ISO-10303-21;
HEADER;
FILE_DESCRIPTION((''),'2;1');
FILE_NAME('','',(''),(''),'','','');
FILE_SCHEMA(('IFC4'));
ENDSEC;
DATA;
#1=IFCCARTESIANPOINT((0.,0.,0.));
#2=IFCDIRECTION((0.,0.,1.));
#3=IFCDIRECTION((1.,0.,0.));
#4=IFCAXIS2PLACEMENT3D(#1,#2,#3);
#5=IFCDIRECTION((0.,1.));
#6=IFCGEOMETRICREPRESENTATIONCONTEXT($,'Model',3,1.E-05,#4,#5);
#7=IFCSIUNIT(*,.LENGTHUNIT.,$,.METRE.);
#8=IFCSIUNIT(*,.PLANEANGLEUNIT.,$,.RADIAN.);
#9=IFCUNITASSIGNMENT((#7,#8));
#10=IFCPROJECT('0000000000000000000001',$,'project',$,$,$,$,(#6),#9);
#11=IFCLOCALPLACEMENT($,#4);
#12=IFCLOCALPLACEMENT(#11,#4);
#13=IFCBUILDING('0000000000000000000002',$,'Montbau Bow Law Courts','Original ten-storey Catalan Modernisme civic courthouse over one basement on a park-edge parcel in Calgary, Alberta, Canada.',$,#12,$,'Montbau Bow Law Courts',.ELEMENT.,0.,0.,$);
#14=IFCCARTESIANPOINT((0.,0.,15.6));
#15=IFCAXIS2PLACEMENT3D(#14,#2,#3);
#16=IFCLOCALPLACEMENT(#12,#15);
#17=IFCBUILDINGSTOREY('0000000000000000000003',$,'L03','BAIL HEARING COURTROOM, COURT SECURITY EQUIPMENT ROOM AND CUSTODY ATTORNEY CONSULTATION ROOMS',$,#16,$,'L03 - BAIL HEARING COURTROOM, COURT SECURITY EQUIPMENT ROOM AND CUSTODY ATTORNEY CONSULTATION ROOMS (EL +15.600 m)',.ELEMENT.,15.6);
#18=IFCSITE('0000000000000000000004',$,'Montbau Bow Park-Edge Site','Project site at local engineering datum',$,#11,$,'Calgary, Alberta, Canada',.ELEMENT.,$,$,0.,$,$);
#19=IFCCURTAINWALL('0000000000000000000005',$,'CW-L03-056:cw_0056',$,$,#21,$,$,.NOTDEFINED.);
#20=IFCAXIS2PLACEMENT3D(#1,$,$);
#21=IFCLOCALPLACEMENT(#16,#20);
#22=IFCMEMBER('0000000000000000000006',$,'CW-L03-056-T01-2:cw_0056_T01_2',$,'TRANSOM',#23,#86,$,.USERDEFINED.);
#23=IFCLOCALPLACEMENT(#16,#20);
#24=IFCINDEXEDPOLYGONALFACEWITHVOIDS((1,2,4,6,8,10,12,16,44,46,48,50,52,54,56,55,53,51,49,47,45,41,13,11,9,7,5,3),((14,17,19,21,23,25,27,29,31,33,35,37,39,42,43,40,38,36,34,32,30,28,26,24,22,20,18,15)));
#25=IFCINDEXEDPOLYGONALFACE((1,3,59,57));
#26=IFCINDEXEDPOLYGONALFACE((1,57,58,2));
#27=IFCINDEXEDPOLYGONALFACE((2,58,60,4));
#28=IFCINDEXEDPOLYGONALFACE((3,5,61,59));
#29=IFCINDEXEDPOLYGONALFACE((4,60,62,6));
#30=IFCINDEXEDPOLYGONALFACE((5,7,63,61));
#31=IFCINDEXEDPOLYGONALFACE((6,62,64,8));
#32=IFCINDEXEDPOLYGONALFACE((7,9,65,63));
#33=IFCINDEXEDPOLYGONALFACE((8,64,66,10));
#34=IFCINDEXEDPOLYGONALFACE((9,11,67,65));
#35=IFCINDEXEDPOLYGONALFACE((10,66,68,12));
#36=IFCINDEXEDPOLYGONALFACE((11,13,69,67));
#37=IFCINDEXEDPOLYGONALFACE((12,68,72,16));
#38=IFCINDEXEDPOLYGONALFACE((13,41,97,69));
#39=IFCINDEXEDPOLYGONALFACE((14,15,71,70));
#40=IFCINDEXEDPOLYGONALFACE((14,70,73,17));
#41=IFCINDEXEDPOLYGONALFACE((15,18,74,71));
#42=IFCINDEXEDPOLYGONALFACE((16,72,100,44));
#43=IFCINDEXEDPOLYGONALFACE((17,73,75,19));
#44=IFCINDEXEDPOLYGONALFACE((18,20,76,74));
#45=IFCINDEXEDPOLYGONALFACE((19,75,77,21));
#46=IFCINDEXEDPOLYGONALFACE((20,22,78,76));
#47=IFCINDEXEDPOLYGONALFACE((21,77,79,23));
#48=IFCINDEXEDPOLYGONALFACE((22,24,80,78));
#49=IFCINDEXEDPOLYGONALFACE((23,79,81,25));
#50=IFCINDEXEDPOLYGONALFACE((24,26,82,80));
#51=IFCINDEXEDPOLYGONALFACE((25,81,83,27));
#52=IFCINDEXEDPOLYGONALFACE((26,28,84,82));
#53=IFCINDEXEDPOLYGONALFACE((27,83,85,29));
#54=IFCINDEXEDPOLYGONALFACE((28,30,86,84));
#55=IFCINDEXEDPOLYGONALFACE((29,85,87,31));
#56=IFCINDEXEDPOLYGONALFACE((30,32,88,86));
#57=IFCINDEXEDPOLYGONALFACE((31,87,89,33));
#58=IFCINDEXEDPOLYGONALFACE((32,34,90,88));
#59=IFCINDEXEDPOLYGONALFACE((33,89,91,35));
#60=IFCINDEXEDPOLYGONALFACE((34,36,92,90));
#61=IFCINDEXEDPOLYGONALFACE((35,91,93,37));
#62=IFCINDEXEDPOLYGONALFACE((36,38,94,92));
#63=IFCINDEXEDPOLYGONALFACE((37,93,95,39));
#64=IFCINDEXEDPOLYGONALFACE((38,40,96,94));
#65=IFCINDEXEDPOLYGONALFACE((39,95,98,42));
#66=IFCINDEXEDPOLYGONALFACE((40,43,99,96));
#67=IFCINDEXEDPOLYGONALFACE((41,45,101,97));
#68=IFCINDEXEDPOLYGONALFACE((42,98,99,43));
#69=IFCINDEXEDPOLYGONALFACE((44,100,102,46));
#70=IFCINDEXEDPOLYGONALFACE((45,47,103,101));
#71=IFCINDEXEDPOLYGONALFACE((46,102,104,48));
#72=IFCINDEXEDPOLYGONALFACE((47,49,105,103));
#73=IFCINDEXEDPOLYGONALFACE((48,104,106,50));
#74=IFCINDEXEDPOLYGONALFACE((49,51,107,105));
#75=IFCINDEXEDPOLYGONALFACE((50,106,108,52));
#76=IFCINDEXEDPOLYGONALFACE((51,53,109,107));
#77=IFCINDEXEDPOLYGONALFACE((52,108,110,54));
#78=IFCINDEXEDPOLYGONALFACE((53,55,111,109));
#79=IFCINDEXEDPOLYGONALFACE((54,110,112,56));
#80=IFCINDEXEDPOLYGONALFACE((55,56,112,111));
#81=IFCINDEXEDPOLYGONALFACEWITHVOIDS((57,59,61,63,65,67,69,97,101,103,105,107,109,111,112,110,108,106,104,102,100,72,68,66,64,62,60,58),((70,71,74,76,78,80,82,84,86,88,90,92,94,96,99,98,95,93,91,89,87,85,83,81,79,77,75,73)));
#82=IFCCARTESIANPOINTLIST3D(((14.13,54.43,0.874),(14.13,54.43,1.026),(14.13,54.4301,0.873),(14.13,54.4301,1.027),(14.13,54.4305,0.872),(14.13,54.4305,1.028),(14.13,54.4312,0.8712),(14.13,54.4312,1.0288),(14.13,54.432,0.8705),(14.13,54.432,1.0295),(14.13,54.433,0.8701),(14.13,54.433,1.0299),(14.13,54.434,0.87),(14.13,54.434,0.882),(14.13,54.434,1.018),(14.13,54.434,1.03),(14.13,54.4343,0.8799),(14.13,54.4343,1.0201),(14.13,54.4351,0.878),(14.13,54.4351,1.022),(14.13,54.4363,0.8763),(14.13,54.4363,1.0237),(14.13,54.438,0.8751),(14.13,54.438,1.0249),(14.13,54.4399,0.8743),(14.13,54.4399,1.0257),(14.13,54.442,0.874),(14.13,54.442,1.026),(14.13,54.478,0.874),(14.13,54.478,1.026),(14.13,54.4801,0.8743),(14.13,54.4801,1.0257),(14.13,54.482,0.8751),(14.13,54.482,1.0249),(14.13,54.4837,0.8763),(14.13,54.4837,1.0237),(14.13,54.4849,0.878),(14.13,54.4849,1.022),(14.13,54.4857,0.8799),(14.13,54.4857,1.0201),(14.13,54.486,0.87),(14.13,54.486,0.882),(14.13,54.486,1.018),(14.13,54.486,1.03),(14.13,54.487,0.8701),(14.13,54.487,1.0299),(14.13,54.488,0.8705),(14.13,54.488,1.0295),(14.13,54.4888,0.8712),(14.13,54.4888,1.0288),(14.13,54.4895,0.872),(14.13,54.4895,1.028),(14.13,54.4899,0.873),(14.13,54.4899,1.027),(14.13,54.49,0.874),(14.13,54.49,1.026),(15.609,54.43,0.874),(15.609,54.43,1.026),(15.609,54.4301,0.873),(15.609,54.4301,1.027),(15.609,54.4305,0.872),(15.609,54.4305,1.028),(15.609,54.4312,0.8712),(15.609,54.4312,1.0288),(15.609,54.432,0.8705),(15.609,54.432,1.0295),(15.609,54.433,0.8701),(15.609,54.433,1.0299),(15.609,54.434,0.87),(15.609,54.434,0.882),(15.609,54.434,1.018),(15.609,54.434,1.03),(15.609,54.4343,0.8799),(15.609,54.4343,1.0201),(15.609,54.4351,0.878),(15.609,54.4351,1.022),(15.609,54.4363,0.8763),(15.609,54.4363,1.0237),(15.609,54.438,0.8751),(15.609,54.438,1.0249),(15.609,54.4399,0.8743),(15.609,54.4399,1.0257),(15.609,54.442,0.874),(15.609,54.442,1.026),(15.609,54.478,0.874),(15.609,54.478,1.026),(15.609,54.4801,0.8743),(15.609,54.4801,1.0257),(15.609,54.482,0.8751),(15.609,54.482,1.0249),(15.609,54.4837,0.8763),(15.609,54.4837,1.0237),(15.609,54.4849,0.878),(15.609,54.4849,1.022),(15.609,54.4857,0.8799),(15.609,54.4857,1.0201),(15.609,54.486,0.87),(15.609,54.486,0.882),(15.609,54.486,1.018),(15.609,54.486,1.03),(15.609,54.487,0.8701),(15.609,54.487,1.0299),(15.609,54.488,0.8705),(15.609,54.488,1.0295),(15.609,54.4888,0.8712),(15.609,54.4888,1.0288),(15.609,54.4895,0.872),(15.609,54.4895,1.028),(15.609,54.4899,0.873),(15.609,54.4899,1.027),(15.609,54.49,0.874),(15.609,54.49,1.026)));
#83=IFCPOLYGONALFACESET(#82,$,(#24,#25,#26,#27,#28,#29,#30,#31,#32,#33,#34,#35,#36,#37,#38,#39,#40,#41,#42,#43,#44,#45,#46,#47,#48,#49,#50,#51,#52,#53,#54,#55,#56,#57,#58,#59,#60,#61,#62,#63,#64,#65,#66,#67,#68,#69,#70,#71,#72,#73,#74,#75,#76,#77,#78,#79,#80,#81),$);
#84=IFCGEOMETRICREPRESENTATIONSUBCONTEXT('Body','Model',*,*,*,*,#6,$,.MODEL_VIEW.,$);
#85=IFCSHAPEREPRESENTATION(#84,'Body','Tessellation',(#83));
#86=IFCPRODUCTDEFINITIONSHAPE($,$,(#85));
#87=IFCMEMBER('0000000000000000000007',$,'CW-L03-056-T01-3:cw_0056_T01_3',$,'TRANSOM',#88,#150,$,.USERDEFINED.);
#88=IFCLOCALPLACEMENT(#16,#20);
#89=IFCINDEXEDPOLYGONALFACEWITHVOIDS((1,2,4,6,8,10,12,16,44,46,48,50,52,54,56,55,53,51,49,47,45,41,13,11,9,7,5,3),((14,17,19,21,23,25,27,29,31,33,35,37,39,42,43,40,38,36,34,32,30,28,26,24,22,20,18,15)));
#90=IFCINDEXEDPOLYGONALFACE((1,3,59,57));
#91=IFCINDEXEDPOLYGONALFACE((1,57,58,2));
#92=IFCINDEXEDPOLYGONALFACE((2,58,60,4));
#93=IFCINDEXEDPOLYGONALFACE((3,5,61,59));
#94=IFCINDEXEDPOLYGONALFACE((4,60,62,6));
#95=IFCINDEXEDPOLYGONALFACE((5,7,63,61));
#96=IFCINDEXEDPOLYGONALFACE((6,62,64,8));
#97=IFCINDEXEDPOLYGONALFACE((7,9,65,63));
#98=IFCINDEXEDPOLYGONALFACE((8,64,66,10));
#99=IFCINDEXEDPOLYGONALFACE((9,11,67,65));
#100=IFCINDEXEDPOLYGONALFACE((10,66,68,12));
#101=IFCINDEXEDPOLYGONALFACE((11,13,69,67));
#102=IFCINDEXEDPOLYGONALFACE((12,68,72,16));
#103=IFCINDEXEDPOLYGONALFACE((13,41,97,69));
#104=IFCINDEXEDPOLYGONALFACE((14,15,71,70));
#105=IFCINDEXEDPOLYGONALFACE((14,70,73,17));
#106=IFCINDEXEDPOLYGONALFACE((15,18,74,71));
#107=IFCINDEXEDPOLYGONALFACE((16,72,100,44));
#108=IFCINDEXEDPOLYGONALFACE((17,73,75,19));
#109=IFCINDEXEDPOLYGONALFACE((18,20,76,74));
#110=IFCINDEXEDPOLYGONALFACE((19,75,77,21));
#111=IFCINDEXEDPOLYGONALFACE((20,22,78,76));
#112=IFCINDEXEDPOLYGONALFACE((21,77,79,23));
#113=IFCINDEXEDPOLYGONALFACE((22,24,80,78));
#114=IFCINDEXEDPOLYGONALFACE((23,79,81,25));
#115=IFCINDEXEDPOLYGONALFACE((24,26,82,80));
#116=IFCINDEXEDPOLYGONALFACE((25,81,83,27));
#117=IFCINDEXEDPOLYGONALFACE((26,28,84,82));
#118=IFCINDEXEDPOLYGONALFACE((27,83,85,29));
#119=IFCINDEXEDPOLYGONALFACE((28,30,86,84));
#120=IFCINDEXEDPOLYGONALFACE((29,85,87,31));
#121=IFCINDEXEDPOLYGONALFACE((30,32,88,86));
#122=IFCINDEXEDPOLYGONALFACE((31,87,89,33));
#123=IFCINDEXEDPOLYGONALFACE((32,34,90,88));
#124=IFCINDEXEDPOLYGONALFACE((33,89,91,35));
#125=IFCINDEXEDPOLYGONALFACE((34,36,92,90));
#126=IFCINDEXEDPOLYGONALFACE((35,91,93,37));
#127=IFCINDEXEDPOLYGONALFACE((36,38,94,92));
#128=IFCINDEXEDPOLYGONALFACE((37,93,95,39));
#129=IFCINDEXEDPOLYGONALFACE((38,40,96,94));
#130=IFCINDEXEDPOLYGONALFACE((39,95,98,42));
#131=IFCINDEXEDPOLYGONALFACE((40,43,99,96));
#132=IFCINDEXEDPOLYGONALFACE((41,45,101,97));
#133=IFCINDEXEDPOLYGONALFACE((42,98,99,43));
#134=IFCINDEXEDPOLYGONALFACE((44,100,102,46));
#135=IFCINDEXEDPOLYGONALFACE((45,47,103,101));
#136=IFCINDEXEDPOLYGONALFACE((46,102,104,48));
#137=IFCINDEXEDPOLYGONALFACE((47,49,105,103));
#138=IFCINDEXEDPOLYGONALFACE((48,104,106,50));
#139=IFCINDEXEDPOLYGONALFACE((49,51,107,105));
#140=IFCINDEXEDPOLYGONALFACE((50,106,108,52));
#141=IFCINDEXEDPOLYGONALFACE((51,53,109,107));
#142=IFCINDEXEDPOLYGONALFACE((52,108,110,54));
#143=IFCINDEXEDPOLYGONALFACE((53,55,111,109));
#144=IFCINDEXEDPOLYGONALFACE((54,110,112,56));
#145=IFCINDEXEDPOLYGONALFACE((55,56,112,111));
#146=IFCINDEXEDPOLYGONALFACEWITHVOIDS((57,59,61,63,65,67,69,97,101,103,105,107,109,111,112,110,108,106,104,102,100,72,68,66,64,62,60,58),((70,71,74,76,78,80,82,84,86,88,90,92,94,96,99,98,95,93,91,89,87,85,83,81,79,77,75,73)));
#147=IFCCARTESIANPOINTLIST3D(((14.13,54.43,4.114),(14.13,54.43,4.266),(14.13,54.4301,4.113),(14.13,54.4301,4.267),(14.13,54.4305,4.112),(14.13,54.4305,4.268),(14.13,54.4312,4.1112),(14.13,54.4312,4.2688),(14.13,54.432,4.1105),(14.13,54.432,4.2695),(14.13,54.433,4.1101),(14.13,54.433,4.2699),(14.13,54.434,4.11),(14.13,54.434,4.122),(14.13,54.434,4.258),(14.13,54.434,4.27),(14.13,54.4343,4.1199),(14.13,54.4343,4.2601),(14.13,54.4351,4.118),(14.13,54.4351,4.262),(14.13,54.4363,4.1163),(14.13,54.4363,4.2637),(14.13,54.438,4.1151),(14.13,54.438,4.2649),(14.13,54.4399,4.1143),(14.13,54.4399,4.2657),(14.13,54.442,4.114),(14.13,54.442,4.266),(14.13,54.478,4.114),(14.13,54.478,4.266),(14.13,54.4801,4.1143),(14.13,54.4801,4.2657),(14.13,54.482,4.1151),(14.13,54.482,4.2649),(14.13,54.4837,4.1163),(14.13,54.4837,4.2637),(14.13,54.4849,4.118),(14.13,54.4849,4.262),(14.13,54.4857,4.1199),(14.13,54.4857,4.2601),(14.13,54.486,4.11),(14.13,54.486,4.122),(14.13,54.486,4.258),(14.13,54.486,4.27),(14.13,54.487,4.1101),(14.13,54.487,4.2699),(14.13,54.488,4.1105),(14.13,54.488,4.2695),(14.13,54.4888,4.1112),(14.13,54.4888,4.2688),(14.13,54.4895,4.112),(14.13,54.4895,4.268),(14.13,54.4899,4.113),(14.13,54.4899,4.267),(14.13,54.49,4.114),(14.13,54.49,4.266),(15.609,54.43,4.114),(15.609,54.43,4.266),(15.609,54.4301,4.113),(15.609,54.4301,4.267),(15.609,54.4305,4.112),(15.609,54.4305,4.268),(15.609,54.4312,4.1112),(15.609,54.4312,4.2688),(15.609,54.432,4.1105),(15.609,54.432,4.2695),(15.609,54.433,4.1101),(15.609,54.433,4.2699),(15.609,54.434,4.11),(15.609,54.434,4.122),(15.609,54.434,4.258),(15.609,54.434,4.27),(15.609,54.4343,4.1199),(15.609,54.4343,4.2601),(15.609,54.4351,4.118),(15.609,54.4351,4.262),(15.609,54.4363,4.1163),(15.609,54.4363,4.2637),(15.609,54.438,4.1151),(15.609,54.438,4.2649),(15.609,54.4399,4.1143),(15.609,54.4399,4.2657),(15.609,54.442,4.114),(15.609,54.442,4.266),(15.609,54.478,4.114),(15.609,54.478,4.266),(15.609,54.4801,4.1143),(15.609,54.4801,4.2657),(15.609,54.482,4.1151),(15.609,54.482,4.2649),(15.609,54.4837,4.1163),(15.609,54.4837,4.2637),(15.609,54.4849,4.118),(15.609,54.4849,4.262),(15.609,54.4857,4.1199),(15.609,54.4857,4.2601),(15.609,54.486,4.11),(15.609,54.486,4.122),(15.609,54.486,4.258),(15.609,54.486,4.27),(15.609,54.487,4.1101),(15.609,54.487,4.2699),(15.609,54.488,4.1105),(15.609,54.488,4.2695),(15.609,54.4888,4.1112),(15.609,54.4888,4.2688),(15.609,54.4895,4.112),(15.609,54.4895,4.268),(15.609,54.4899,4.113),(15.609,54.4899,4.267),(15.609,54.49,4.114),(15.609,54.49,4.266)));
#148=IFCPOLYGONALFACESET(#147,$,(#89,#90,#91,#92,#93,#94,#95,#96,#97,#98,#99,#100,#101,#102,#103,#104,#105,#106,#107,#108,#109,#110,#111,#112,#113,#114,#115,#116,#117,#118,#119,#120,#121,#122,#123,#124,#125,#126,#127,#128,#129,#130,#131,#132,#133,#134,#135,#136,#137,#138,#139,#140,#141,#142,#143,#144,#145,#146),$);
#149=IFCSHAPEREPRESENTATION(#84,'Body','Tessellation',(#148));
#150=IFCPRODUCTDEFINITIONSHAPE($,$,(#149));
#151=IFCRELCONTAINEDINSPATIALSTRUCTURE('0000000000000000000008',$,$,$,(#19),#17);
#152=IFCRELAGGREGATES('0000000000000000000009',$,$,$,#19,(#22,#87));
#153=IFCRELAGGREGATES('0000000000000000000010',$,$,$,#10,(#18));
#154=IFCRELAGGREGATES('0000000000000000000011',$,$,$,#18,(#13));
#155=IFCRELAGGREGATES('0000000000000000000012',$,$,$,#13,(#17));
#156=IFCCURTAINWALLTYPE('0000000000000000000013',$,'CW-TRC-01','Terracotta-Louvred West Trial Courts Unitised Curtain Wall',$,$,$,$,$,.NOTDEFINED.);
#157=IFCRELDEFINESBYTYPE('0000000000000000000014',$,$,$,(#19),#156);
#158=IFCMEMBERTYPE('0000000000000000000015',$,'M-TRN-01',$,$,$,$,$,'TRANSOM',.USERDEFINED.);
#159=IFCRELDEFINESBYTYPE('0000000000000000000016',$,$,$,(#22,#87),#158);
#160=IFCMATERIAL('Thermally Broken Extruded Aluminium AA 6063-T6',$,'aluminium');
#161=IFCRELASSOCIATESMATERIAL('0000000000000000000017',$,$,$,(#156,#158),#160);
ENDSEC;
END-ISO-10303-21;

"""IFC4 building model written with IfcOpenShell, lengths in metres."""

from ifc_helpers import new_model, si_unit, direction, frame, origin_with_axes, origin_2d_with_axis, place, context, subcontext, project, spatial, hollow_rectangle, extrude, material, material_profile, profile_set, type_object, element, aggregate, save


model = new_model("IFC4")

# Units and contexts
model_context = context("Model", 3, precision=1e-05, world=origin_with_axes(), true_north=direction((0.0, 1.0)))
body_context = subcontext(model_context, "Body", "Model", "MODEL_VIEW")
ifc_project = project(units=[si_unit("LENGTHUNIT", "METRE"), si_unit("PLANEANGLEUNIT", "RADIAN")], contexts=[model_context])

# Site, building, storey
site_placement = place(None, origin_with_axes())
site = spatial("IfcSite", under=ifc_project, at=site_placement, Name="Montbau Bow Park-Edge Site", Description="Project site at local engineering datum", LongName="Calgary, Alberta, Canada", CompositionType="ELEMENT", RefElevation=0.0)
building_placement = place(site_placement, origin_with_axes())
building = spatial("IfcBuilding", under=site, at=building_placement, Name="Montbau Bow Law Courts", Description="Original ten-storey Catalan Modernisme civic courthouse over one basement on a park-edge parcel in Calgary, Alberta, Canada.", LongName="Montbau Bow Law Courts", CompositionType="ELEMENT", ElevationOfRefHeight=0.0, ElevationOfTerrain=0.0)
storey_placement = place(building_placement, frame((0.0, 0.0, 15.6), z_axis=(0.0, 0.0, 1.0), x_axis=(1.0, 0.0, 0.0)))
storey = spatial("IfcBuildingStorey", under=building, at=storey_placement, Name="L03", Description="BAIL HEARING COURTROOM, COURT SECURITY EQUIPMENT ROOM AND CUSTODY ATTORNEY CONSULTATION ROOMS", LongName="L03 - BAIL HEARING COURTROOM, COURT SECURITY EQUIPMENT ROOM AND CUSTODY ATTORNEY CONSULTATION ROOMS (EL +15.600 m)", CompositionType="ELEMENT", Elevation=15.6)

# Curtain wall, members
ifc_material_1 = material(Name="Thermally Broken Extruded Aluminium AA 6063-T6", Category="aluminium")
curtain_wall_type = type_object("IfcCurtainWallType", Name="CW-TRC-01", Description="Terracotta-Louvred West Trial Courts Unitised Curtain Wall", PredefinedType="NOTDEFINED", material=ifc_material_1)
curtain_wall_1_placement = place(None, frame((14.068, 54.46, 15.6), z_axis=(0.0, 0.0, 1.0), x_axis=(1.0, 0.0, 0.0)))
curtain_wall_1 = element("IfcCurtainWall", 1, at=curtain_wall_1_placement, inside=storey, type_object=curtain_wall_type, Name="CW-L03-056:cw_0056", PredefinedType="NOTDEFINED")
ifc_material_profile_1 = material_profile(ifc_material_1, hollow_rectangle(XDim=0.06, YDim=0.16, WallThickness=0.004, InnerFilletRadius=0.008, OuterFilletRadius=0.004, at=origin_2d_with_axis()), Name="CWT-160X60", Category="Main", Priority=0)
ifc_profile_set_1 = profile_set([ifc_material_profile_1], Name="Thermally Broken Extruded Aluminium AA 6063-T6")
member_type_1 = type_object("IfcMemberType", Name="M-TRN-01", ElementType="TRANSOM", PredefinedType="USERDEFINED", material=ifc_profile_set_1)
member_1_placement = place(None, frame((14.13, 54.46, 16.55), z_axis=(1.0, 0.0, 0.0), x_axis=(0.0, 1.0, 0.0)))
member_1 = element("IfcMember", 2, at=member_1_placement, type_object=member_type_1, Name="CW-L03-056-T01-2:cw_0056_T01_2", ObjectType="TRANSOM", PredefinedType="USERDEFINED", context=body_context, shape_type="SweptSolid", body=[
    extrude(hollow_rectangle(XDim=0.06, YDim=0.16, WallThickness=0.004, InnerFilletRadius=0.008, OuterFilletRadius=0.004, at=origin_2d_with_axis()), origin_with_axes(), (0.0, 0.0, 1.0), 1.479),
])
member_2_placement = place(None, frame((14.13, 54.46, 19.79), z_axis=(1.0, 0.0, 0.0), x_axis=(0.0, 1.0, 0.0)))
member_2 = element("IfcMember", 3, at=member_2_placement, type_object=member_type_1, Name="CW-L03-056-T01-3:cw_0056_T01_3", ObjectType="TRANSOM", PredefinedType="USERDEFINED", context=body_context, shape_type="SweptSolid", body=[
    extrude(hollow_rectangle(XDim=0.06, YDim=0.16, WallThickness=0.004, InnerFilletRadius=0.008, OuterFilletRadius=0.004, at=origin_2d_with_axis()), origin_with_axes(), (0.0, 0.0, 1.0), 1.479),
])

aggregate(curtain_wall_1, [member_1, member_2])

save(model, "model.ifc")
